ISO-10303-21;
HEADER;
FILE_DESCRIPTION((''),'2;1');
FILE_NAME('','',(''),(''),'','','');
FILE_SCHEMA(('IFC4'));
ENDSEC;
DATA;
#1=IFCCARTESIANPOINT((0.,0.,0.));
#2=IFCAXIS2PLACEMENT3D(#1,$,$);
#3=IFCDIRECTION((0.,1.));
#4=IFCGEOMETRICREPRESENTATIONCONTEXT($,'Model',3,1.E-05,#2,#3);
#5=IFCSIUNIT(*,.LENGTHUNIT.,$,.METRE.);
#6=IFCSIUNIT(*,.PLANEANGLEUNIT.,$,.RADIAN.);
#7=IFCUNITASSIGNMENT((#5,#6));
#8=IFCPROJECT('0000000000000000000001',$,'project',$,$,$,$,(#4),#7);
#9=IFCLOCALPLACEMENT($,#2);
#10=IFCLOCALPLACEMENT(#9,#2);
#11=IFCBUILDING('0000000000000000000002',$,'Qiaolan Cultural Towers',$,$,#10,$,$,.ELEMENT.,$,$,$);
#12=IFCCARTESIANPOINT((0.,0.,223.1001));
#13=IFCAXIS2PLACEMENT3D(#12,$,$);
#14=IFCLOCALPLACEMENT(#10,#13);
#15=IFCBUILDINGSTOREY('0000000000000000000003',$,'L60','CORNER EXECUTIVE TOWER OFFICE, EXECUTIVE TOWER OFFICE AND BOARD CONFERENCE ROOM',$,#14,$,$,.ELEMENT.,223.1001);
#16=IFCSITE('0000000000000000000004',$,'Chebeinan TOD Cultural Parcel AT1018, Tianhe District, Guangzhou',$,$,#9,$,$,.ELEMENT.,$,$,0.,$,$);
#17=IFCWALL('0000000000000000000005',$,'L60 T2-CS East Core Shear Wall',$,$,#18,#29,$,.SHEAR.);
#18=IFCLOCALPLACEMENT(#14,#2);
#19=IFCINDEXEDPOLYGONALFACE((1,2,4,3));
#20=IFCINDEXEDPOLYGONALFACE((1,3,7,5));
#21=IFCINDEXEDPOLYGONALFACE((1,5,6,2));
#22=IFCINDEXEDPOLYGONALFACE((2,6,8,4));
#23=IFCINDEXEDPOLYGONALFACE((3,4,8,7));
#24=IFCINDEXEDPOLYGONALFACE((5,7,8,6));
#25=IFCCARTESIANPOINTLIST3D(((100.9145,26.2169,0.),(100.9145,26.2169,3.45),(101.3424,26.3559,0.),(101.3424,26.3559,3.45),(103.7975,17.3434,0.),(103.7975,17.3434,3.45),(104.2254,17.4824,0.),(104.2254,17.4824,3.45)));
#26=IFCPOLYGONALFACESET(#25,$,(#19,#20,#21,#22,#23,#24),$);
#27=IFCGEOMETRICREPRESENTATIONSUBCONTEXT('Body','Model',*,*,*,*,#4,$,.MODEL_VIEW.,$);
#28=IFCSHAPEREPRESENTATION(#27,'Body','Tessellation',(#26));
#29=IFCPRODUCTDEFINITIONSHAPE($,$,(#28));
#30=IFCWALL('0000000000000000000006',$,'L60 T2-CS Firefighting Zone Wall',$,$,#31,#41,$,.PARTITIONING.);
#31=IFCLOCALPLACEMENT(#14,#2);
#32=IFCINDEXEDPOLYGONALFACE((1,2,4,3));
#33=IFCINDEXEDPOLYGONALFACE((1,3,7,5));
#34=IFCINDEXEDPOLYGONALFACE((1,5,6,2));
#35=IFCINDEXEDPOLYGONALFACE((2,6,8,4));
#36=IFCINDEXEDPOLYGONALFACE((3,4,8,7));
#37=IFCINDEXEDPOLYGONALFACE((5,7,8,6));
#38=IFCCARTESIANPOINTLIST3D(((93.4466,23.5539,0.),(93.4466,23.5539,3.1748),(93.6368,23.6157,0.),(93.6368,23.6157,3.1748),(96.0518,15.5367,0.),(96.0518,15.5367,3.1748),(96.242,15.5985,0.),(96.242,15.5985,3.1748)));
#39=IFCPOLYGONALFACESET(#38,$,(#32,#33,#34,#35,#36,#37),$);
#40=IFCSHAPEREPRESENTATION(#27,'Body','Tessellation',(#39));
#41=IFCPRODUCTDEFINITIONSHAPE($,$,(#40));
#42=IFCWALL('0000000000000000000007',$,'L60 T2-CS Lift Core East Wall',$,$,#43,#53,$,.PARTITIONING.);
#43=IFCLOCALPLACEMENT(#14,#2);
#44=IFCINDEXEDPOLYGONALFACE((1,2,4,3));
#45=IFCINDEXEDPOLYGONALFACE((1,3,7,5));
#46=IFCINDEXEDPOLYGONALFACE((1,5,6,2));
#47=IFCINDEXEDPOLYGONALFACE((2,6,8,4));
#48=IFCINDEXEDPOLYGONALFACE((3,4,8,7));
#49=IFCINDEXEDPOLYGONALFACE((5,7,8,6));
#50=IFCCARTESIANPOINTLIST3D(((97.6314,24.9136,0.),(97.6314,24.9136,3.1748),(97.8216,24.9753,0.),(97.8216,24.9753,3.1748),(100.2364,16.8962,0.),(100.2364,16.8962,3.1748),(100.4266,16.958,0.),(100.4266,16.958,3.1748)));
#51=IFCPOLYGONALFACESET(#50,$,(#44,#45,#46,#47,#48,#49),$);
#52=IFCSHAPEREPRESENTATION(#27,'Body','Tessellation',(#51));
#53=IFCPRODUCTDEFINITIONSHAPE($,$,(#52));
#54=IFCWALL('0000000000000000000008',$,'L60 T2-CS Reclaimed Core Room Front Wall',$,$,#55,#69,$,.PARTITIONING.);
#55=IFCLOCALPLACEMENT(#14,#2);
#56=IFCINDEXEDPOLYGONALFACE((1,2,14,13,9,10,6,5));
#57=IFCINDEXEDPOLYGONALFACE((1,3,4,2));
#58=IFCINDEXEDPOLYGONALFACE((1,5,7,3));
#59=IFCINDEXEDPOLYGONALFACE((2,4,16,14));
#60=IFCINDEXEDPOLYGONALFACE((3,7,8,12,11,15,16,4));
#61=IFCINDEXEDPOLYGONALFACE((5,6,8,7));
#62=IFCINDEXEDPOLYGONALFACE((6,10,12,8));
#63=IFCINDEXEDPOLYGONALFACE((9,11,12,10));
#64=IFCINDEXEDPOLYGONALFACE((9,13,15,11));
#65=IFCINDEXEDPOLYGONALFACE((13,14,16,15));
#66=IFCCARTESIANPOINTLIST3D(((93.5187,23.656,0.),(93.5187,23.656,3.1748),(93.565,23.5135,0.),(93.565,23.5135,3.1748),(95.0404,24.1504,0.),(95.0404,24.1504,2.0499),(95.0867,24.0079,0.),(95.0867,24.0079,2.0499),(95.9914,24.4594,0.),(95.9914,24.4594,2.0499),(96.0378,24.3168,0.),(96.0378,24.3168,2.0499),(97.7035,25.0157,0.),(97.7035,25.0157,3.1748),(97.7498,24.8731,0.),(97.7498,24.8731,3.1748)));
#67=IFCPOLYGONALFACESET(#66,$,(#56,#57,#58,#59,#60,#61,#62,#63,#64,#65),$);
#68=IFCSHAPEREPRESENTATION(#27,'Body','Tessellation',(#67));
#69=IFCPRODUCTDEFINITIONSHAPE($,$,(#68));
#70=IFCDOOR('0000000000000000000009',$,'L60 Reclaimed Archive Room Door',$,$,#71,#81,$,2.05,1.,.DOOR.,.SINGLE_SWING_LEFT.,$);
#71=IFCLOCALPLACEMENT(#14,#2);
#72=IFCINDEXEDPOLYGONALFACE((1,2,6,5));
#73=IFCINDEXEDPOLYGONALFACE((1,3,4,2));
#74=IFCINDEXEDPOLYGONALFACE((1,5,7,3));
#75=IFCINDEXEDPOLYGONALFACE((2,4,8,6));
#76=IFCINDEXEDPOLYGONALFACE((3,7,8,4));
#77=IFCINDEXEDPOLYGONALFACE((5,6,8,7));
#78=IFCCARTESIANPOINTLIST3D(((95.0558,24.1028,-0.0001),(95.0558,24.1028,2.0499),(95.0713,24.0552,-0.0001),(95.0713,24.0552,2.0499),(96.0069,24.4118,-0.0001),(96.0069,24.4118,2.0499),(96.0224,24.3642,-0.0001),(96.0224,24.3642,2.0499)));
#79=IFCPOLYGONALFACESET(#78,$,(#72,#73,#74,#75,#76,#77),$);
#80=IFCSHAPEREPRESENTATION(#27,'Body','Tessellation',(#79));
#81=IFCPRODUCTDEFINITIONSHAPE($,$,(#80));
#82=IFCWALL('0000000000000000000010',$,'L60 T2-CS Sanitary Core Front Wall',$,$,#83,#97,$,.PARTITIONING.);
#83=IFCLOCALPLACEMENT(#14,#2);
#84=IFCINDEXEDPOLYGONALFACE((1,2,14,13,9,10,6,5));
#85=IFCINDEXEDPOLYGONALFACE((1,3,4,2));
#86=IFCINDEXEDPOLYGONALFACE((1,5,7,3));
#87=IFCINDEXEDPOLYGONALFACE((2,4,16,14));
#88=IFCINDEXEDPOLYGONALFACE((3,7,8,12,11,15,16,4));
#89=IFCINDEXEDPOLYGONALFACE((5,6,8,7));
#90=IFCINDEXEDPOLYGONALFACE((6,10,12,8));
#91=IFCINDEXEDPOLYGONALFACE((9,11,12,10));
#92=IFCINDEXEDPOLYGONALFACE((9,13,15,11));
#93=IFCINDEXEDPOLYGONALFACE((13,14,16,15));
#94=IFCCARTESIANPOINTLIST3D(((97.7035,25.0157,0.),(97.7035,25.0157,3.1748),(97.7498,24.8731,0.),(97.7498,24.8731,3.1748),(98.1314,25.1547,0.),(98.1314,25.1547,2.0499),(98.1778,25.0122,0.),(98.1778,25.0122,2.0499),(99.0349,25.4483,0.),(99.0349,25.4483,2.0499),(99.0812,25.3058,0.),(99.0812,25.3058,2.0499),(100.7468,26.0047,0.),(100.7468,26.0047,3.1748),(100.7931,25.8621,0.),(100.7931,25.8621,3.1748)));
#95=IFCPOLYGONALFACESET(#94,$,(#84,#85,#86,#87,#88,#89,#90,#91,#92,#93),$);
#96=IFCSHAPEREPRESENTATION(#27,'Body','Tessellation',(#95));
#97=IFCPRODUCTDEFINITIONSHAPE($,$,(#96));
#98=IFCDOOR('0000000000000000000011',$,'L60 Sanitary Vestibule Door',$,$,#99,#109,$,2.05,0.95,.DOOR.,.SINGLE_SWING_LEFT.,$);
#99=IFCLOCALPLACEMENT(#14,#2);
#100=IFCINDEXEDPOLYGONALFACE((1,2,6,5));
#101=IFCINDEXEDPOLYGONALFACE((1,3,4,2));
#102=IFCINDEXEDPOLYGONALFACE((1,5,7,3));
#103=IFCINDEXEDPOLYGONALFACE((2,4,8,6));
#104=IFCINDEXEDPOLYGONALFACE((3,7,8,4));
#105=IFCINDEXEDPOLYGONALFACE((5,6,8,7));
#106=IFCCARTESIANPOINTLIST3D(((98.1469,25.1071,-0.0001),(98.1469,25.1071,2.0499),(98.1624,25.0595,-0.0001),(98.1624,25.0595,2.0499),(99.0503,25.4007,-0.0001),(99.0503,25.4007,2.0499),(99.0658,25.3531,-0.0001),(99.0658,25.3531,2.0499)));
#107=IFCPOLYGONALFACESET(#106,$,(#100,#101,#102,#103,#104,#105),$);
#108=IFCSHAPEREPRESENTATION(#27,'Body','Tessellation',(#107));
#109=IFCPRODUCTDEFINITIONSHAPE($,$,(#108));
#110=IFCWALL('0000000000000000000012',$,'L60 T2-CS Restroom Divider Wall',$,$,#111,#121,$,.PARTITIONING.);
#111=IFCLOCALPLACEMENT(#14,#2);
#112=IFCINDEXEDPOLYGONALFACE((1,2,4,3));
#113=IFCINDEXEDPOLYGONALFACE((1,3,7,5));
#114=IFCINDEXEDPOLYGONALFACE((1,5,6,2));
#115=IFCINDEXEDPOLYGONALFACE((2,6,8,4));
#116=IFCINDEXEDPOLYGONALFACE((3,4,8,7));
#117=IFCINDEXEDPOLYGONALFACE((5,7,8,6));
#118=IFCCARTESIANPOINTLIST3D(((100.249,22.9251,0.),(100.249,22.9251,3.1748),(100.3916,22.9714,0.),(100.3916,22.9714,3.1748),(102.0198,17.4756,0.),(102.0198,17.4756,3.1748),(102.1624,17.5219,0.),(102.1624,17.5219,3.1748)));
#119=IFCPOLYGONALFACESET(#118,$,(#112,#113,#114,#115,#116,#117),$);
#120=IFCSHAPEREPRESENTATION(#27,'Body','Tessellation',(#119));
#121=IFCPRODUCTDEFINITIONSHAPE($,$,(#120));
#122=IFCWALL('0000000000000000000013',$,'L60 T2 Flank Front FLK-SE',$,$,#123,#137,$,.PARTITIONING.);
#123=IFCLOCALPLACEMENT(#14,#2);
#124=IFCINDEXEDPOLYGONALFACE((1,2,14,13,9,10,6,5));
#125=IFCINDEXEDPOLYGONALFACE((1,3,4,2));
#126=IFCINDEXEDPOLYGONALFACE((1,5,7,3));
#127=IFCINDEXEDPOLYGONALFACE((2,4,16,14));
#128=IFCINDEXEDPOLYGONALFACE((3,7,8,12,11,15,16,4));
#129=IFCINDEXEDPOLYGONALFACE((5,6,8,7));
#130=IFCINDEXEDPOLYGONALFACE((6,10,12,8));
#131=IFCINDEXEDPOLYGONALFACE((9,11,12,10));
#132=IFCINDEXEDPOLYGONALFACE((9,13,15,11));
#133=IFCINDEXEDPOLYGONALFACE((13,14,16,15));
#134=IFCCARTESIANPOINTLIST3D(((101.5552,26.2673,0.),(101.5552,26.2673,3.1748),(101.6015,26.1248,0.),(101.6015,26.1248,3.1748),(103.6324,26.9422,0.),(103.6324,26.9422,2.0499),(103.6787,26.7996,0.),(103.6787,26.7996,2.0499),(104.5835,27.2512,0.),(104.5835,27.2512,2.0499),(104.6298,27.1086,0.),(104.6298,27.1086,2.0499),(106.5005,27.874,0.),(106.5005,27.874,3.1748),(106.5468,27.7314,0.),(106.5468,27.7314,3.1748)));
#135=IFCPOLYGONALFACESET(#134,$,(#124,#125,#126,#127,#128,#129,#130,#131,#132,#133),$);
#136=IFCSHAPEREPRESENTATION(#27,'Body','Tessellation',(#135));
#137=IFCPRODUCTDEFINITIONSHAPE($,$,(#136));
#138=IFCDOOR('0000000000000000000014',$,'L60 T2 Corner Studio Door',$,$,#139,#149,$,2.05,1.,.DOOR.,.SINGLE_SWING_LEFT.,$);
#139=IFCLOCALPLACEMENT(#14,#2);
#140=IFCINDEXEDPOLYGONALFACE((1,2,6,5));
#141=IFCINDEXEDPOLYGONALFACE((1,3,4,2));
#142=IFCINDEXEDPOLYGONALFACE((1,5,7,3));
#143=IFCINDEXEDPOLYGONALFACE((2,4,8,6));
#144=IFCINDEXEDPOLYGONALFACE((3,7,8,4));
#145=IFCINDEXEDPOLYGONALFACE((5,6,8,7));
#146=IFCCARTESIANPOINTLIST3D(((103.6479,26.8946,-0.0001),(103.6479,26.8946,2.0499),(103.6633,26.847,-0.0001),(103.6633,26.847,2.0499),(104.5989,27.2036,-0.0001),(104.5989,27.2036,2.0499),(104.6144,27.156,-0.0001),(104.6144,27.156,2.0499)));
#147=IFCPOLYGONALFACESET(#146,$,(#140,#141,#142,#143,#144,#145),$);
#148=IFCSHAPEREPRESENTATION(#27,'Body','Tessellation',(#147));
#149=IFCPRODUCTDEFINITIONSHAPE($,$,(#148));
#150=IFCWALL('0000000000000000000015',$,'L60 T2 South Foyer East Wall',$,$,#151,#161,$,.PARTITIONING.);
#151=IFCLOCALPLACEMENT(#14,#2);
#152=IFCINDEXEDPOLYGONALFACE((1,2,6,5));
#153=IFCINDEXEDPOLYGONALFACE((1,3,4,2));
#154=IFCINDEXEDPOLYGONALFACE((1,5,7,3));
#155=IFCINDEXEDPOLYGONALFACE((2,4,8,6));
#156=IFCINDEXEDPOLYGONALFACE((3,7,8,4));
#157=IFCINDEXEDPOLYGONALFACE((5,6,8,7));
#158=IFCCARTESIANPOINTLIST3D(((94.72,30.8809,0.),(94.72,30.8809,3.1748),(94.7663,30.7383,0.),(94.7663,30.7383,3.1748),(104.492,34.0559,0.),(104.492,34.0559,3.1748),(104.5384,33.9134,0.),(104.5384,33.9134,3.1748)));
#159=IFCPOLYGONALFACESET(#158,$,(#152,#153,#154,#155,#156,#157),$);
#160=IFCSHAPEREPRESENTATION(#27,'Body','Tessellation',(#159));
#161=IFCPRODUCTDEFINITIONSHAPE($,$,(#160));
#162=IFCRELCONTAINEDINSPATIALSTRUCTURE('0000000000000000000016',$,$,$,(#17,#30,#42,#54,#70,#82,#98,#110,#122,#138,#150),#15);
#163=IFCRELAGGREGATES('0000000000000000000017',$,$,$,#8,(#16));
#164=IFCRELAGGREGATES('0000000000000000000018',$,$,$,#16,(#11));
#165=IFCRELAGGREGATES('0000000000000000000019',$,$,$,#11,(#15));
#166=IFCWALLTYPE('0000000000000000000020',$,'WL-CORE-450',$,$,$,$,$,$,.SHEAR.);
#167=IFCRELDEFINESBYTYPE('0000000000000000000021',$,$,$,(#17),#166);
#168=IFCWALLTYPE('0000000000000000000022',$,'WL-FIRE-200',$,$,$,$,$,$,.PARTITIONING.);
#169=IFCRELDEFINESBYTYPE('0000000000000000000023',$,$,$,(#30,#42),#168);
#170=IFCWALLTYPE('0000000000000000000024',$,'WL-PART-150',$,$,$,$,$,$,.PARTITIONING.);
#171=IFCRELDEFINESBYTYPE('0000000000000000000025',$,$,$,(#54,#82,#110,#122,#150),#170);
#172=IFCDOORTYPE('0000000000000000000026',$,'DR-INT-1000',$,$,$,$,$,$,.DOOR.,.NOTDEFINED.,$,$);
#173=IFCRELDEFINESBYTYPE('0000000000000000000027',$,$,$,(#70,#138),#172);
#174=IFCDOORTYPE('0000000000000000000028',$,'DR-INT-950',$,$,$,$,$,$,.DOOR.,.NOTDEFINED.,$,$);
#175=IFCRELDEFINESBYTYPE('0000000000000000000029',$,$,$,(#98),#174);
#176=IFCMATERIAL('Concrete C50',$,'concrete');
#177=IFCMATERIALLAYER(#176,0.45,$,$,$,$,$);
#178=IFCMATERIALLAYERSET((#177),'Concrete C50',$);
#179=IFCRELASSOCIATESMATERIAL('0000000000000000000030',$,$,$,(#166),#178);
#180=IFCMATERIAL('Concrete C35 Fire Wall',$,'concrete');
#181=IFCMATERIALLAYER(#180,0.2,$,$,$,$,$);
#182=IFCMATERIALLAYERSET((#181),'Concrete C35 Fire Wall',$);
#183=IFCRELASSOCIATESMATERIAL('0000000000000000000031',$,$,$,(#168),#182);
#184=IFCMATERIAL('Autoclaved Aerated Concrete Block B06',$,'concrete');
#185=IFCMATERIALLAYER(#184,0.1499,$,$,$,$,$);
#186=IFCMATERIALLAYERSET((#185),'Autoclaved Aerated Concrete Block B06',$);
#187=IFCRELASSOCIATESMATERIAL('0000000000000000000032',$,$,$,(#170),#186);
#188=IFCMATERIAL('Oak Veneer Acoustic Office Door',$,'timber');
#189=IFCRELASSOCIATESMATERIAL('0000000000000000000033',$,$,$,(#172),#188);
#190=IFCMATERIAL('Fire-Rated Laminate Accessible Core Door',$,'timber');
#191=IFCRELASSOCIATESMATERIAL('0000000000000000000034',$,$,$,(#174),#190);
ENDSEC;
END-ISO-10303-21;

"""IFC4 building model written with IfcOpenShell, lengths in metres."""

from ifc_helpers import new_model, si_unit, direction, frame, frame_2d, origin, place, context, subcontext, project, spatial, rectangle, extrude, material, layer, layer_set, type_object, element, fill, save


model = new_model("IFC4")

# Units and contexts
model_context = context("Model", 3, precision=1e-05, world=origin(), true_north=direction((0.0, 1.0)))
body_context = subcontext(model_context, "Body", "Model", "MODEL_VIEW")
ifc_project = project(units=[si_unit("LENGTHUNIT", "METRE"), si_unit("PLANEANGLEUNIT", "RADIAN")], contexts=[model_context])

# Site, building, storey
site_placement = place(None, origin())
site = spatial("IfcSite", under=ifc_project, at=site_placement, Name="Chebeinan TOD Cultural Parcel AT1018, Tianhe District, Guangzhou", CompositionType="ELEMENT", RefElevation=0.0)
building_placement = place(site_placement, origin())
building = spatial("IfcBuilding", under=site, at=building_placement, Name="Qiaolan Cultural Towers", CompositionType="ELEMENT")
storey_placement = place(building_placement, frame((0.0, 0.0, 223.1001)))
storey = spatial("IfcBuildingStorey", under=building, at=storey_placement, Name="L60", Description="CORNER EXECUTIVE TOWER OFFICE, EXECUTIVE TOWER OFFICE AND BOARD CONFERENCE ROOM", CompositionType="ELEMENT", Elevation=223.1001)

# Walls
ifc_material_1 = material(Name="Concrete C50", Category="concrete")
ifc_layer_1 = layer(ifc_material_1, 0.45)
ifc_layer_set_1 = layer_set([ifc_layer_1], Name="Concrete C50")
wall_type_1 = type_object("IfcWallType", Name="WL-CORE-450", PredefinedType="SHEAR", material=ifc_layer_set_1)
wall_1_placement = place(storey_placement, frame((101.1284, 26.2864, 0.0), z_axis=(0.0, 0.0, 1.0), x_axis=(0.309004, -0.951061, 0.0)))
element("IfcWall", 1, at=wall_1_placement, inside=storey, type_object=wall_type_1, Name="L60 T2-CS East Core Shear Wall", PredefinedType="SHEAR", context=body_context, shape_type="SweptSolid", body=[
    extrude(rectangle(XDim=9.3301, YDim=0.45, at=frame_2d((4.665, 0.0))), origin(), (0.0, 0.0, 1.0), 3.45),
])
ifc_material_2 = material(Name="Concrete C35 Fire Wall", Category="concrete")
ifc_layer_2 = layer(ifc_material_2, 0.2)
ifc_layer_set_2 = layer_set([ifc_layer_2], Name="Concrete C35 Fire Wall")
wall_type_2 = type_object("IfcWallType", Name="WL-FIRE-200", PredefinedType="PARTITIONING", material=ifc_layer_set_2)
for number, where, z_axis, x_axis, name in (
    (2, (93.5417, 23.5847, 0.0), (0.0, 0.0, 1.0), (0.309042, -0.951048, 0.0), "L60 T2-CS Firefighting Zone Wall"),
    (3, (97.7266, 24.9443, 0.0), (0.0, 0.0, 1.0), (0.309016, -0.951057, 0.0), "L60 T2-CS Lift Core East Wall"),
):
    element("IfcWall", number, at=place(storey_placement, frame(where, z_axis=z_axis, x_axis=x_axis)), inside=storey, type_object=wall_type_2, Name=name, PredefinedType="PARTITIONING", context=body_context, shape_type="SweptSolid", body=[
        extrude(rectangle(XDim=8.4299, YDim=0.2, at=frame_2d((4.2148, 0.0))), origin(), (0.0, 0.0, 1.0), 3.1748),
    ])

# Walls, openings, doors
ifc_material_3 = material(Name="Autoclaved Aerated Concrete Block B06", Category="concrete")
ifc_layer_3 = layer(ifc_material_3, 0.1499)
ifc_layer_set_3 = layer_set([ifc_layer_3], Name="Autoclaved Aerated Concrete Block B06")
wall_type_3 = type_object("IfcWallType", Name="WL-PART-150", PredefinedType="PARTITIONING", material=ifc_layer_set_3)
wall_2_placement = place(storey_placement, frame((93.5417, 23.5847, 0.0), z_axis=(0.0, 0.0, 1.0), x_axis=(0.951064, 0.308994, 0.0)))
wall_2 = element("IfcWall", 4, at=wall_2_placement, inside=storey, type_object=wall_type_3, Name="L60 T2-CS Reclaimed Core Room Front Wall", PredefinedType="PARTITIONING", context=body_context, shape_type="SweptSolid", body=[
    extrude(rectangle(XDim=4.4001, YDim=0.1499, at=frame_2d((2.2002, 0.0))), origin(), (0.0, 0.0, 1.0), 3.1748),
])
opening_1_placement = place(wall_2_placement, frame((1.6001, 0.0, 0.0)))
opening_1 = element("IfcOpeningElement", 5, at=opening_1_placement, cuts=wall_2, PredefinedType="OPENING", context=body_context, shape_type="SweptSolid", body=[
    extrude(rectangle(XDim=1.0, YDim=2.05, at=frame_2d((0.5, 1.0249))), frame((0.0, 0.085, 0.0), z_axis=(0.0, -1.0, 0.0), x_axis=(1.0, 0.0, 0.0)), (0.0, 0.0, 1.0), 0.1699),
])
ifc_material_4 = material(Name="Oak Veneer Acoustic Office Door", Category="timber")
door_type_1 = type_object("IfcDoorType", Name="DR-INT-1000", OperationType="NOTDEFINED", PredefinedType="DOOR", material=ifc_material_4)
door_1_placement = place(opening_1_placement, origin())
door_1 = element("IfcDoor", 6, at=door_1_placement, inside=storey, type_object=door_type_1, Name="L60 Reclaimed Archive Room Door", OperationType="SINGLE_SWING_LEFT", OverallHeight=2.05, OverallWidth=1.0, PredefinedType="DOOR", context=body_context, shape_type="SweptSolid", body=[
    extrude(rectangle(XDim=1.0, YDim=2.05, at=frame_2d((0.5, 1.0249))), frame((0.0, 0.0249, 0.0), z_axis=(0.0, -1.0, 0.0), x_axis=(1.0, 0.0, 0.0)), (0.0, 0.0, 1.0), 0.05),
])
fill(opening_1, door_1)
wall_3_placement = place(storey_placement, frame((97.7266, 24.9443, 0.0), z_axis=(0.0, 0.0, 1.0), x_axis=(0.951037, 0.309077, 0.0)))
wall_3 = element("IfcWall", 7, at=wall_3_placement, inside=storey, type_object=wall_type_3, Name="L60 T2-CS Sanitary Core Front Wall", PredefinedType="PARTITIONING", context=body_context, shape_type="SweptSolid", body=[
    extrude(rectangle(XDim=3.2, YDim=0.1499, at=frame_2d((1.6001, 0.0))), origin(), (0.0, 0.0, 1.0), 3.1748),
])
opening_2_placement = place(wall_3_placement, frame((0.45, 0.0, 0.0)))
opening_2 = element("IfcOpeningElement", 8, at=opening_2_placement, cuts=wall_3, PredefinedType="OPENING", context=body_context, shape_type="SweptSolid", body=[
    extrude(rectangle(XDim=0.95, YDim=2.05, at=frame_2d((0.4751, 1.0249))), frame((0.0, 0.085, 0.0), z_axis=(0.0, -1.0, 0.0), x_axis=(1.0, 0.0, 0.0)), (0.0, 0.0, 1.0), 0.1699),
])
ifc_material_5 = material(Name="Fire-Rated Laminate Accessible Core Door", Category="timber")
door_type_2 = type_object("IfcDoorType", Name="DR-INT-950", OperationType="NOTDEFINED", PredefinedType="DOOR", material=ifc_material_5)
door_2_placement = place(opening_2_placement, origin())
door_2 = element("IfcDoor", 9, at=door_2_placement, inside=storey, type_object=door_type_2, Name="L60 Sanitary Vestibule Door", OperationType="SINGLE_SWING_LEFT", OverallHeight=2.05, OverallWidth=0.95, PredefinedType="DOOR", context=body_context, shape_type="SweptSolid", body=[
    extrude(rectangle(XDim=0.95, YDim=2.05, at=frame_2d((0.4751, 1.0249))), frame((0.0, 0.0249, 0.0), z_axis=(0.0, -1.0, 0.0), x_axis=(1.0, 0.0, 0.0)), (0.0, 0.0, 1.0), 0.05),
])
fill(opening_2, door_2)

# Wall
wall_4_placement = place(storey_placement, frame((100.3203, 22.9482, 0.0), z_axis=(0.0, 0.0, 1.0), x_axis=(0.309035, -0.951051, 0.0)))
element("IfcWall", 10, at=wall_4_placement, inside=storey, type_object=wall_type_3, Name="L60 T2-CS Restroom Divider Wall", PredefinedType="PARTITIONING", context=body_context, shape_type="SweptSolid", body=[
    extrude(rectangle(XDim=5.73, YDim=0.1499, at=frame_2d((2.865, 0.0))), origin(), (0.0, 0.0, 1.0), 3.1748),
])

# Wall, opening, door
wall_5_placement = place(storey_placement, frame((101.5784, 26.196, 0.0), z_axis=(0.0, 0.0, 1.0), x_axis=(0.951064, 0.308993, 0.0)))
wall_5 = element("IfcWall", 11, at=wall_5_placement, inside=storey, type_object=wall_type_3, Name="L60 T2 Flank Front FLK-SE", PredefinedType="PARTITIONING", context=body_context, shape_type="SweptSolid", body=[
    extrude(rectangle(XDim=5.1997, YDim=0.1499, at=frame_2d((2.5999, 0.0))), origin(), (0.0, 0.0, 1.0), 3.1748),
])
opening_3_placement = place(wall_5_placement, frame((2.1841, 0.0, 0.0)))
opening_3 = element("IfcOpeningElement", 12, at=opening_3_placement, cuts=wall_5, PredefinedType="OPENING", context=body_context, shape_type="SweptSolid", body=[
    extrude(rectangle(XDim=1.0, YDim=2.05, at=frame_2d((0.5, 1.0249))), frame((0.0, 0.085, 0.0), z_axis=(0.0, -1.0, 0.0), x_axis=(1.0, 0.0, 0.0)), (0.0, 0.0, 1.0), 0.1699),
])
door_3_placement = place(opening_3_placement, origin())
door_3 = element("IfcDoor", 13, at=door_3_placement, inside=storey, type_object=door_type_1, Name="L60 T2 Corner Studio Door", OperationType="SINGLE_SWING_LEFT", OverallHeight=2.05, OverallWidth=1.0, PredefinedType="DOOR", context=body_context, shape_type="SweptSolid", body=[
    extrude(rectangle(XDim=1.0, YDim=2.05, at=frame_2d((0.5, 1.0249))), frame((0.0, 0.0249, 0.0), z_axis=(0.0, -1.0, 0.0), x_axis=(1.0, 0.0, 0.0)), (0.0, 0.0, 1.0), 0.05),
])
fill(opening_3, door_3)

# Wall
wall_6_placement = place(storey_placement, frame((94.7432, 30.8096, 0.0), z_axis=(0.0, 0.0, 1.0), x_axis=(0.951058, 0.309012, 0.0)))
element("IfcWall", 14, at=wall_6_placement, inside=storey, type_object=wall_type_3, Name="L60 T2 South Foyer East Wall", PredefinedType="PARTITIONING", context=body_context, shape_type="SweptSolid", body=[
    extrude(rectangle(XDim=10.2749, YDim=0.1499, at=frame_2d((5.1375, 0.0))), origin(), (0.0, 0.0, 1.0), 3.1748),
])

save(model, "model.ifc")
